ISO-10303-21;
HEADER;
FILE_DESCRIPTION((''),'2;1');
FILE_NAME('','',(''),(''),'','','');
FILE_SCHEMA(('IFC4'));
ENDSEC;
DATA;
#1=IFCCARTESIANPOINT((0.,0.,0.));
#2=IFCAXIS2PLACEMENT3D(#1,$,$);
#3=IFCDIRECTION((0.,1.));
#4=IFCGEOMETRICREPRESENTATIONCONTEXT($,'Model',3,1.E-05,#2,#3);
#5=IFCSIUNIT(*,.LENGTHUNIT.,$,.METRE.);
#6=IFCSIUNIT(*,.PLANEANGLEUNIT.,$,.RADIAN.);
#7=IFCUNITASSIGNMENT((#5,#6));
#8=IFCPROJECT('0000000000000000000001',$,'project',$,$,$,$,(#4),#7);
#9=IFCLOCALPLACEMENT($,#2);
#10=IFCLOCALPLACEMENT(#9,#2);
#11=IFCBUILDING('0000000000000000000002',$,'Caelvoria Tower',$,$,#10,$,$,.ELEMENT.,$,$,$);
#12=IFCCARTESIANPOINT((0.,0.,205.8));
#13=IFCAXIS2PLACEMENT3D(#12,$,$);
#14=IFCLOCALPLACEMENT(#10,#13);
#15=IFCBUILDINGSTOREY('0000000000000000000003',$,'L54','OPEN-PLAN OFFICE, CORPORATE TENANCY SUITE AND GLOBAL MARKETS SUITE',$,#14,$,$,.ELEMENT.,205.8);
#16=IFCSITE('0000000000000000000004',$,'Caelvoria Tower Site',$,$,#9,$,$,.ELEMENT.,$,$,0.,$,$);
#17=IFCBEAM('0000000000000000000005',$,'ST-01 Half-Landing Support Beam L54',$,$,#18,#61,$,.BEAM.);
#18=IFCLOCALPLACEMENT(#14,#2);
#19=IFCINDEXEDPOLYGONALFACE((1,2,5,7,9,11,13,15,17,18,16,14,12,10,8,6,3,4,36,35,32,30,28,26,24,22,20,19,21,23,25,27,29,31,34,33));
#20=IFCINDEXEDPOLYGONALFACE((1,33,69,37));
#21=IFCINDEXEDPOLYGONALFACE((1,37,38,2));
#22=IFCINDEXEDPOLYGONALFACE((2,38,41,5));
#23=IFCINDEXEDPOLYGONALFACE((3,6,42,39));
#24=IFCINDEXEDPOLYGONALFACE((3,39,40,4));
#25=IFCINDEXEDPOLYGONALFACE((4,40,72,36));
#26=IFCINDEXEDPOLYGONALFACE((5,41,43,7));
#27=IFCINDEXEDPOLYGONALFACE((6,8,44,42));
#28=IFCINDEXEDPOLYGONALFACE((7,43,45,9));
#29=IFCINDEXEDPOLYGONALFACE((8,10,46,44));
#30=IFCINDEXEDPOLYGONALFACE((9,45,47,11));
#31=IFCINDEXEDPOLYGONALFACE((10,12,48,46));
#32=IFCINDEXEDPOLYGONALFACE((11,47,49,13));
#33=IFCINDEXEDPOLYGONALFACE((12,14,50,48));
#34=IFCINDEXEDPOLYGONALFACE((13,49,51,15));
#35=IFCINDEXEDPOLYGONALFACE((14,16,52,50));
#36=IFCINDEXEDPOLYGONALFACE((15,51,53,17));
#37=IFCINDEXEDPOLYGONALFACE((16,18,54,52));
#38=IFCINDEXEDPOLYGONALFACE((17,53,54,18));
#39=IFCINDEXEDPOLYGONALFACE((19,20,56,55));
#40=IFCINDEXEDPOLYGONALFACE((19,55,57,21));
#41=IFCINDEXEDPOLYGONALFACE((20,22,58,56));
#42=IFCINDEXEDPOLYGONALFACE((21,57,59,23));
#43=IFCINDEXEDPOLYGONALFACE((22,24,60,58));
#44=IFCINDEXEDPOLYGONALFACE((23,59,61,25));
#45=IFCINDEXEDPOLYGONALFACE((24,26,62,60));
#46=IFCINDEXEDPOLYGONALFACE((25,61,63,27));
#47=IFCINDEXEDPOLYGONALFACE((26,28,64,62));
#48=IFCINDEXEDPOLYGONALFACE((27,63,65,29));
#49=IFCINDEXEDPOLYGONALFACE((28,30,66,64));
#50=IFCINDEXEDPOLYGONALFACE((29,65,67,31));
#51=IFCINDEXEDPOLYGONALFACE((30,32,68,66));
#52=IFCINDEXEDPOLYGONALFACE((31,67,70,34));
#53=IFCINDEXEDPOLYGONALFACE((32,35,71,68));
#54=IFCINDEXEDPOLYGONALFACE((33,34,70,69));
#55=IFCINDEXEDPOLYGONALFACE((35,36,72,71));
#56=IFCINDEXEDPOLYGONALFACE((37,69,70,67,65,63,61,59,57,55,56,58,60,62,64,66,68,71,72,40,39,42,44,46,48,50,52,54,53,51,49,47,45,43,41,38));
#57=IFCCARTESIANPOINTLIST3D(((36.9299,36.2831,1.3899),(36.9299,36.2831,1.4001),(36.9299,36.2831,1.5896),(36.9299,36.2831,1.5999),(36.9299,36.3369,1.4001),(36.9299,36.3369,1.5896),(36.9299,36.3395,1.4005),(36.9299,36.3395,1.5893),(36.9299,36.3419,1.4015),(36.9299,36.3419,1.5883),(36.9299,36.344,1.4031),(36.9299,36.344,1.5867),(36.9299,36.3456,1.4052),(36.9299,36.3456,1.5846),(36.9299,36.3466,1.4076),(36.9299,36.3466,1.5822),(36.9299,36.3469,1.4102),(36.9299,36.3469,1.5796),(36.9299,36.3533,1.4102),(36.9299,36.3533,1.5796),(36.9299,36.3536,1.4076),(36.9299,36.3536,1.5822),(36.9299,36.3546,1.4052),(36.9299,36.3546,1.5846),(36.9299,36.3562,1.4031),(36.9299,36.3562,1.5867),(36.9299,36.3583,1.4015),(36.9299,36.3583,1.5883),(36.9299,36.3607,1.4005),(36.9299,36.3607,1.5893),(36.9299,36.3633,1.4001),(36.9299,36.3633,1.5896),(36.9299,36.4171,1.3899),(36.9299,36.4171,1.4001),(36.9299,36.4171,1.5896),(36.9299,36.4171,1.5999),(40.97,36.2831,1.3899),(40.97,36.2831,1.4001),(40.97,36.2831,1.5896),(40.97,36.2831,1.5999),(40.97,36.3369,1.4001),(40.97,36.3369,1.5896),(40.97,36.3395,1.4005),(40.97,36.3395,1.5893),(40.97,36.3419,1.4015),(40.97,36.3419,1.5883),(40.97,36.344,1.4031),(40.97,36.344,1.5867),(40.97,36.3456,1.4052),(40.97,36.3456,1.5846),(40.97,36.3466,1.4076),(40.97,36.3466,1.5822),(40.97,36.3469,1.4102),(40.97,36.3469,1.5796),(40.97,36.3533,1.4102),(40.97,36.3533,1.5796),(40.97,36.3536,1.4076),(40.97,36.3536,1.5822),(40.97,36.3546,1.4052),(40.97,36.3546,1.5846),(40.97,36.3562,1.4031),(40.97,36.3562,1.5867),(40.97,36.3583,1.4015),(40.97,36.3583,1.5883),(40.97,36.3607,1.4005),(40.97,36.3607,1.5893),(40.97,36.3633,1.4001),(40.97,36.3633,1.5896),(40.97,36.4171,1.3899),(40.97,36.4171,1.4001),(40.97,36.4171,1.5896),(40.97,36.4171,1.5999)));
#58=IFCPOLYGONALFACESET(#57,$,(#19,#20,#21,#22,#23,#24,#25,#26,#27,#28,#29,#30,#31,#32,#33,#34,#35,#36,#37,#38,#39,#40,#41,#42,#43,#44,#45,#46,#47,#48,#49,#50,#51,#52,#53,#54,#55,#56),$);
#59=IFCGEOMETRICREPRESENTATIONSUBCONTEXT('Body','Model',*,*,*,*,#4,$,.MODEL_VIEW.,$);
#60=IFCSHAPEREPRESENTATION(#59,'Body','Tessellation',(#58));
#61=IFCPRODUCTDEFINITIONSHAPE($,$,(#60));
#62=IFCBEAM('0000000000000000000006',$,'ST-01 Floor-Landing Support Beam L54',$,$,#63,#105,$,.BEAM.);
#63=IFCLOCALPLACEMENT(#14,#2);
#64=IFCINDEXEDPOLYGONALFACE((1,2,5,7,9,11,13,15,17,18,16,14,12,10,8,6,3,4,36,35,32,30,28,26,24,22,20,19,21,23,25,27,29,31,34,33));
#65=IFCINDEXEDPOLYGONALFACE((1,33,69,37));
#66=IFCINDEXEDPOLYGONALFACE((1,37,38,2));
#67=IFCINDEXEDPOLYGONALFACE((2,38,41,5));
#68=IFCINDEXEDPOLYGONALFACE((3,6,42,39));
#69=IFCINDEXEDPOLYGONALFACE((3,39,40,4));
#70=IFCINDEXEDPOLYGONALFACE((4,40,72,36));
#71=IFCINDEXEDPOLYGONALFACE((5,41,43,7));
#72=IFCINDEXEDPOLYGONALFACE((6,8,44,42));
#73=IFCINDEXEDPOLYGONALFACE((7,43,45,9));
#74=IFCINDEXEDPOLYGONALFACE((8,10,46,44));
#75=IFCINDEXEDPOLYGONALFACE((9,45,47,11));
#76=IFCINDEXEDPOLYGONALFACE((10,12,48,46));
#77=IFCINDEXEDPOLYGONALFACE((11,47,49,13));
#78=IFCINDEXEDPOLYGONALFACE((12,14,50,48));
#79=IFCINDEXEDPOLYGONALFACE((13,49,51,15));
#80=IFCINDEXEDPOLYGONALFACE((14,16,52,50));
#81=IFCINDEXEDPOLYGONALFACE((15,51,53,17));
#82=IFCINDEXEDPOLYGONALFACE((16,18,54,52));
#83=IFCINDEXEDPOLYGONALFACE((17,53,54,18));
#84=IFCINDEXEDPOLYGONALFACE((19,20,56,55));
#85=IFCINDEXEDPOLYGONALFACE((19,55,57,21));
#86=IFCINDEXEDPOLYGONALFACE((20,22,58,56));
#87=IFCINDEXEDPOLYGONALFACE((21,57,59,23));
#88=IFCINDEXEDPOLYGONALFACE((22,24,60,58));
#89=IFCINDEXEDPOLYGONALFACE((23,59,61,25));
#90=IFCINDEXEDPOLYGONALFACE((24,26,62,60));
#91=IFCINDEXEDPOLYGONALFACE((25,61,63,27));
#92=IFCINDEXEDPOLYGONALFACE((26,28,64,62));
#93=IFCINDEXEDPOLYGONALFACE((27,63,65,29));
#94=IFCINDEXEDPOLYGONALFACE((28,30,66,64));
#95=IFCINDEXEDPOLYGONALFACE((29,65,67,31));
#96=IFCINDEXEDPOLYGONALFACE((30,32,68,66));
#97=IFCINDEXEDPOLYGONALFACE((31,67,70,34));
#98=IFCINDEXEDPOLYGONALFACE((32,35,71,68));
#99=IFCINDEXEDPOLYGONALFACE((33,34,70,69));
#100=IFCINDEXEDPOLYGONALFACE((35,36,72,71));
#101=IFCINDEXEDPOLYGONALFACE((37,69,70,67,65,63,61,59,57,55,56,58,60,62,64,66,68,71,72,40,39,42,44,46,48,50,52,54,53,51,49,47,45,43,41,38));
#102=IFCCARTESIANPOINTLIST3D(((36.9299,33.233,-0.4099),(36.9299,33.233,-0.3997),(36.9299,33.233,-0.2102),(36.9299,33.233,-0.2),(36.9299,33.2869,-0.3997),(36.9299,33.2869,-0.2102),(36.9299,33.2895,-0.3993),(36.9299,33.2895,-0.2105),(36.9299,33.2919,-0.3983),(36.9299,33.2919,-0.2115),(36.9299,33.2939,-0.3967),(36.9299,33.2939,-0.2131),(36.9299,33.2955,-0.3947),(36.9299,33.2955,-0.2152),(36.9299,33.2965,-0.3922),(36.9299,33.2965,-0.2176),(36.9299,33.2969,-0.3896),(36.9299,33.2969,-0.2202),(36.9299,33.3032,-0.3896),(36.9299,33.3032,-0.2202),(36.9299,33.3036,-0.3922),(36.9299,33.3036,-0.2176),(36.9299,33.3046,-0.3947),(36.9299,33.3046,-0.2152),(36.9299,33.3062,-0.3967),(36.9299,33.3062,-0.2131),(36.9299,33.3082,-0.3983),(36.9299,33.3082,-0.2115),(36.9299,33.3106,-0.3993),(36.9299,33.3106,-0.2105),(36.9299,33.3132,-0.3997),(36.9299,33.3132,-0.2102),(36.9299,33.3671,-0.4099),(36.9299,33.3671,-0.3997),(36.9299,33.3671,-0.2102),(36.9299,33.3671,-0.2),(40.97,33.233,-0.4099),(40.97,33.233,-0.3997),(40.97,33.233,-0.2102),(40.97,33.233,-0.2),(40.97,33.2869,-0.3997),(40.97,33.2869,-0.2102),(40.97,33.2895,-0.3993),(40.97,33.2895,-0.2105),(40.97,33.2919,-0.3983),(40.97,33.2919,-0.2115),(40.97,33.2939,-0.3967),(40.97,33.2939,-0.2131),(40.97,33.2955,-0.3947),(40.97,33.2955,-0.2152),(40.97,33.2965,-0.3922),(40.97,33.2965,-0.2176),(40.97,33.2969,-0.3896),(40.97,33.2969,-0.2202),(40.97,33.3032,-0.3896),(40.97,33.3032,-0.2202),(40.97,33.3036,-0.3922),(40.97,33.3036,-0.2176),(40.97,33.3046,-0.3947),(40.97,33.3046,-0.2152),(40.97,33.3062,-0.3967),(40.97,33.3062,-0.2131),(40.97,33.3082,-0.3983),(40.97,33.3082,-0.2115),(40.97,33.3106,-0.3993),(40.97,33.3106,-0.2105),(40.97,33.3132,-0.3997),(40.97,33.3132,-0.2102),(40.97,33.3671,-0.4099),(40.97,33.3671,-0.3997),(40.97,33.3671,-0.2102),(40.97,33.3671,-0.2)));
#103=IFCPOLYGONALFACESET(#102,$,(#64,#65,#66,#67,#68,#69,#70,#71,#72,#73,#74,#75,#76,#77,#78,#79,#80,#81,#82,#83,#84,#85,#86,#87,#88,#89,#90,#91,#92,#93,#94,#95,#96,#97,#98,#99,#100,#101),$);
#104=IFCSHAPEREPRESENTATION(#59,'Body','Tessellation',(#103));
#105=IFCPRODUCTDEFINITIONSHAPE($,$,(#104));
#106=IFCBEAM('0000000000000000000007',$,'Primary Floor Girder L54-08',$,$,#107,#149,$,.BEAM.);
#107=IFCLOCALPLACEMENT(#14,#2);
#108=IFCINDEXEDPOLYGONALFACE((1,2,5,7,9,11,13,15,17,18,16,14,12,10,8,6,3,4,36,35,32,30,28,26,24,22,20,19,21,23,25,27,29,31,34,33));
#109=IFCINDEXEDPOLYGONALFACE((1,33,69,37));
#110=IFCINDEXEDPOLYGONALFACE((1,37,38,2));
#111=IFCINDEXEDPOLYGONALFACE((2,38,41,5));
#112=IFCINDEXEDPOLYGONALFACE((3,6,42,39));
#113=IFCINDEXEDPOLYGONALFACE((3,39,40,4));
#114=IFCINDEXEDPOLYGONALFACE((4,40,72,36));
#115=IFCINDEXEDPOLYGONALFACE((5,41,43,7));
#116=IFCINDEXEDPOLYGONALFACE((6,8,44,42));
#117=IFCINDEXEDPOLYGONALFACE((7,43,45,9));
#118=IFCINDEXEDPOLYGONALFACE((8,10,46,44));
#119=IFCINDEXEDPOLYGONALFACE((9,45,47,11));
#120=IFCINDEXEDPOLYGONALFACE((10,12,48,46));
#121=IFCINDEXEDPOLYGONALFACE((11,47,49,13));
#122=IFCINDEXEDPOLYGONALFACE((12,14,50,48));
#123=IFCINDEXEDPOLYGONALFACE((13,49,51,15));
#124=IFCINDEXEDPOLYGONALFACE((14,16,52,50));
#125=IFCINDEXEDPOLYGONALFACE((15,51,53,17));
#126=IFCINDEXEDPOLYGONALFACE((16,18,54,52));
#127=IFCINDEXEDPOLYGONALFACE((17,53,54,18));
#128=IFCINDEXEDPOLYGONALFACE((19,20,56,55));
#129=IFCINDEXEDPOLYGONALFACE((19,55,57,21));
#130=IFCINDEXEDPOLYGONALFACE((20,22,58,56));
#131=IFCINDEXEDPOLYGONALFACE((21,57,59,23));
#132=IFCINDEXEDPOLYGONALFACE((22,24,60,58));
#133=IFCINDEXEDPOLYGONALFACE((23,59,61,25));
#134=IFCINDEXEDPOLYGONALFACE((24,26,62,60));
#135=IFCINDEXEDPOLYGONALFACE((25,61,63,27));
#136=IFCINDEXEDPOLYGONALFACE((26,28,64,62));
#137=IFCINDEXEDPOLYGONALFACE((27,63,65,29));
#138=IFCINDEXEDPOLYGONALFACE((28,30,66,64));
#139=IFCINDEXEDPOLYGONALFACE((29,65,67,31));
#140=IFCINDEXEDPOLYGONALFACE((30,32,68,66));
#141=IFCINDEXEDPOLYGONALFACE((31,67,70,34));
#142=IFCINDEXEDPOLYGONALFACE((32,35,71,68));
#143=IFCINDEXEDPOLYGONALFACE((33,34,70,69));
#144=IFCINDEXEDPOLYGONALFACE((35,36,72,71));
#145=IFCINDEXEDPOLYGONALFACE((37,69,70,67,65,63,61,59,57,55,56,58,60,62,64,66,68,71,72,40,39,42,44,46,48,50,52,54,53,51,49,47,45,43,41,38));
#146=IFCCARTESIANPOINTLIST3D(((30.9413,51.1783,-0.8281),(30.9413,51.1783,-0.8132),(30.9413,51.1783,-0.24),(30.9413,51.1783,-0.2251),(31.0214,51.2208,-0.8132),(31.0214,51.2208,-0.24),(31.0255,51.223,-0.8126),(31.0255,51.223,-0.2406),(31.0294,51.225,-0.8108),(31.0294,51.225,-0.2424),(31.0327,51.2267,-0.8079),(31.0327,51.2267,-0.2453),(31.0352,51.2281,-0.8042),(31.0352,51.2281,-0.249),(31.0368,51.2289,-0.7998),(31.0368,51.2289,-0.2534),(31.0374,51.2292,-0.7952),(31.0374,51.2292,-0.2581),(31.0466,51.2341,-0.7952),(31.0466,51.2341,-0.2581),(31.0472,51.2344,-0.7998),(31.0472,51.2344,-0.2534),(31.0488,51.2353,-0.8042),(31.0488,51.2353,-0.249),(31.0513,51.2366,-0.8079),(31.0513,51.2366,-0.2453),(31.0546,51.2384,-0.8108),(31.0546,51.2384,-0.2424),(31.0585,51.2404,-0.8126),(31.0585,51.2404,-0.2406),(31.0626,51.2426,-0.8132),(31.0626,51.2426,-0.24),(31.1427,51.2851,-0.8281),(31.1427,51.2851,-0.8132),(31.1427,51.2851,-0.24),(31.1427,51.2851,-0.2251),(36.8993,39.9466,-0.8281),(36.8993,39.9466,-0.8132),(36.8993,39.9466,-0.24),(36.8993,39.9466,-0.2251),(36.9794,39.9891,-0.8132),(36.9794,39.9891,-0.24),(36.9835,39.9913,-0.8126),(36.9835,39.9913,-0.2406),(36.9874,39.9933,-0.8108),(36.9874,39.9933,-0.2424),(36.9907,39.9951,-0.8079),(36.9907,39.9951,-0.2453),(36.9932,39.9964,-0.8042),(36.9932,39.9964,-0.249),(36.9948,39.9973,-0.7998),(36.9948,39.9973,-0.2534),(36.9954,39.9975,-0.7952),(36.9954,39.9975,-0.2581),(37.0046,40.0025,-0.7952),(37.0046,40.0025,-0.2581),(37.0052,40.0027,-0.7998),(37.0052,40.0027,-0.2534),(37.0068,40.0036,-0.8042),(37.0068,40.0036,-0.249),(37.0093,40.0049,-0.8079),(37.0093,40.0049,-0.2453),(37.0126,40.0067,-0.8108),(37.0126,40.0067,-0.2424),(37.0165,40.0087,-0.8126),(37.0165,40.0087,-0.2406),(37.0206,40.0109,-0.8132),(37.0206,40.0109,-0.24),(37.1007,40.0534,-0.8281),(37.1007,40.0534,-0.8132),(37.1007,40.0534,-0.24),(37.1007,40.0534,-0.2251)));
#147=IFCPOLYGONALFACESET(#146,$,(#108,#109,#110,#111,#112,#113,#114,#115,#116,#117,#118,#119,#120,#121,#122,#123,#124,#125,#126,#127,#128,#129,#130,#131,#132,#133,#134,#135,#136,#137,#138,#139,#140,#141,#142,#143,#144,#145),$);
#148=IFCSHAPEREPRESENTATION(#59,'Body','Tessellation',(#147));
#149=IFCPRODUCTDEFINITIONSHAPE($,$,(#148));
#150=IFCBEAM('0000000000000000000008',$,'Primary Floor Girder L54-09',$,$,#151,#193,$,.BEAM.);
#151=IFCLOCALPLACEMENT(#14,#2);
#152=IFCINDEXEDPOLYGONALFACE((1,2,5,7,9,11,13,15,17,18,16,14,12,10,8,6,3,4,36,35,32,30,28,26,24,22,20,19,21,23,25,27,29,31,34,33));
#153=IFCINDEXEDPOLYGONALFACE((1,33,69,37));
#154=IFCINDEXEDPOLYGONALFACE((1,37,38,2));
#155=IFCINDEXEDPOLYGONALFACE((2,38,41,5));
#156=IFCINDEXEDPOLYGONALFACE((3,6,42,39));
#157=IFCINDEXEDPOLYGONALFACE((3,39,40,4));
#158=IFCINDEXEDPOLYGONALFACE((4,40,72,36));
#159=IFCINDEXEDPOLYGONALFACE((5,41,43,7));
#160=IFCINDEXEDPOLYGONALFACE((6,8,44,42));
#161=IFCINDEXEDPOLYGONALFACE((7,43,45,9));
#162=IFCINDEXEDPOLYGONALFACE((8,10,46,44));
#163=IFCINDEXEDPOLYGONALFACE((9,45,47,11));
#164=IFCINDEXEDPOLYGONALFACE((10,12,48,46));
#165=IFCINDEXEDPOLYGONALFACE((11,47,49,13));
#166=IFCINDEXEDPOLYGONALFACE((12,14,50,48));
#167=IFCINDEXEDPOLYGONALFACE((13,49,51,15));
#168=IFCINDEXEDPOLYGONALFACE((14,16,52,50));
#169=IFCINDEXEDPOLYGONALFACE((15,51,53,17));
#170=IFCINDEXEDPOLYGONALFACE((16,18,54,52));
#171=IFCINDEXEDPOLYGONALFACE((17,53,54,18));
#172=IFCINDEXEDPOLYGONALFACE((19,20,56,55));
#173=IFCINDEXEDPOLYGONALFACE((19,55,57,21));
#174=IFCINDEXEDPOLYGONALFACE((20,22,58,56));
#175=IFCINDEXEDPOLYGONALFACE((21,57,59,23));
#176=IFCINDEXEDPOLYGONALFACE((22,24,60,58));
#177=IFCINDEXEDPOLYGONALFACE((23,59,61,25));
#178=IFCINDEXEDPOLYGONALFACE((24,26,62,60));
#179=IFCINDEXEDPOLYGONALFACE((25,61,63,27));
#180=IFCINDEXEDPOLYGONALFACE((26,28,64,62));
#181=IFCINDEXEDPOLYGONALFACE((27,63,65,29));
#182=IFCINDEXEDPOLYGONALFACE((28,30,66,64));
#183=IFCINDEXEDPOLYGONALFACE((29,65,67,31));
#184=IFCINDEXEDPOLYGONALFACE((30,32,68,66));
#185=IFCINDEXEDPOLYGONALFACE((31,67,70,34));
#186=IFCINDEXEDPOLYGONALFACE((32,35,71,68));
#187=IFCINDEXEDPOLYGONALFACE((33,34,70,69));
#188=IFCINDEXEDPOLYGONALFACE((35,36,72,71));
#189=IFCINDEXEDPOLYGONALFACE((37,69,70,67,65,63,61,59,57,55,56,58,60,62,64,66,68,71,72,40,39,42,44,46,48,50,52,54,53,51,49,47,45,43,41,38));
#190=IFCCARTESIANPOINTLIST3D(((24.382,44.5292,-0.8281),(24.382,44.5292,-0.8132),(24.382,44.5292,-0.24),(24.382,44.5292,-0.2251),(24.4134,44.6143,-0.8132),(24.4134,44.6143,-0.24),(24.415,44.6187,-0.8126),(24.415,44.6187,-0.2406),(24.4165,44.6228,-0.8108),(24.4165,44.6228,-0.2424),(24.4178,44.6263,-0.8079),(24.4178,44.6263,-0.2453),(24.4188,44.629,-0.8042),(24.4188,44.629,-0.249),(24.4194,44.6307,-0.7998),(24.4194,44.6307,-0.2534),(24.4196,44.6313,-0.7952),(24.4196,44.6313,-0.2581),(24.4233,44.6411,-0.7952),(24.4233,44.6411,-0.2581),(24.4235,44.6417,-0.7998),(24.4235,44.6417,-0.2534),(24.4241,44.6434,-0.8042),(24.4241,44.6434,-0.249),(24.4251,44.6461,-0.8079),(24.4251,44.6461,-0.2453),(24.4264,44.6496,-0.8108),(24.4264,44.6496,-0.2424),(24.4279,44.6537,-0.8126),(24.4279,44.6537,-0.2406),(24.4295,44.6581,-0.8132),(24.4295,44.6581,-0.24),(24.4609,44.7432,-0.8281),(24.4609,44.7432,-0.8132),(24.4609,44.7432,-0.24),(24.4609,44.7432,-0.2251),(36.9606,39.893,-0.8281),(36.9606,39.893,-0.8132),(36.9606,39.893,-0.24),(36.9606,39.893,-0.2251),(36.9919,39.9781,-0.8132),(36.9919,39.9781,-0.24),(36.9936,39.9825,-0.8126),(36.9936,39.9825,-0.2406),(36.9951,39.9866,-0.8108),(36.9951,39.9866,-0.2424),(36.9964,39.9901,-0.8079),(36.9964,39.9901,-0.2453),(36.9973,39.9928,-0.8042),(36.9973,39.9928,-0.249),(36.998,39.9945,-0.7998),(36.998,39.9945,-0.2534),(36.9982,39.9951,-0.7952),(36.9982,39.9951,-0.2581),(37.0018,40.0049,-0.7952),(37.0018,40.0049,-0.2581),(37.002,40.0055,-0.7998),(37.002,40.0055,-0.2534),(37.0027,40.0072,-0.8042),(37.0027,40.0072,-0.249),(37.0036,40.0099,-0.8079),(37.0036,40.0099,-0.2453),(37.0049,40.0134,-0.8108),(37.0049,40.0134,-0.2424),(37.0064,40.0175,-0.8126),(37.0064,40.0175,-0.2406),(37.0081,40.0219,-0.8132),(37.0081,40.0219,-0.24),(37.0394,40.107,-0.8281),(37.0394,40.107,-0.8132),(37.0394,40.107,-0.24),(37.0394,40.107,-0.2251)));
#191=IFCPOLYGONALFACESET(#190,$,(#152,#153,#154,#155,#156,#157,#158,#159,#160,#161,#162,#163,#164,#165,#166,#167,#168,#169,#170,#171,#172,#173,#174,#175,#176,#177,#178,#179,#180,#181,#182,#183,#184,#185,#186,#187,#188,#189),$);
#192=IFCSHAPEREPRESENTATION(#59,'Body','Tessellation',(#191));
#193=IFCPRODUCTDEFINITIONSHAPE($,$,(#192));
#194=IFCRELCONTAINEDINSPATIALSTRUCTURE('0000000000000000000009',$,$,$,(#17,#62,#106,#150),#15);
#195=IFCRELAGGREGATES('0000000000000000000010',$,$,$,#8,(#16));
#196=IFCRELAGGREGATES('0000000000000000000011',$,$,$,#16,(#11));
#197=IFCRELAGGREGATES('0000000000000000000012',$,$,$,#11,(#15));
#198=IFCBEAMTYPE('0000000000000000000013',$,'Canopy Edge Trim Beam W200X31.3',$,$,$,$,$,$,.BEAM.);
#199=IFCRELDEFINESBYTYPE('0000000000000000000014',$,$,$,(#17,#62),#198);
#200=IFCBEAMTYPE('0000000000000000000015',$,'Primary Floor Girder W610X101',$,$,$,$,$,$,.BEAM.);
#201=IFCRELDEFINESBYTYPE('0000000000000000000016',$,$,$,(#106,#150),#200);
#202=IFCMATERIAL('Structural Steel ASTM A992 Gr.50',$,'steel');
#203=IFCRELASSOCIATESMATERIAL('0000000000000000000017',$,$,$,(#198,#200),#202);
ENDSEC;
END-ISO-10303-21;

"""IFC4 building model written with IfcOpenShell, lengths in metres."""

from ifc_helpers import new_model, si_unit, direction, frame, origin, origin_2d, place, context, subcontext, project, spatial, i_section, extrude, material, material_profile, profile_set, type_object, element, save


model = new_model("IFC4")

# Units and contexts
model_context = context("Model", 3, precision=1e-05, world=origin(), true_north=direction((0.0, 1.0)))
body_context = subcontext(model_context, "Body", "Model", "MODEL_VIEW")
ifc_project = project(units=[si_unit("LENGTHUNIT", "METRE"), si_unit("PLANEANGLEUNIT", "RADIAN")], contexts=[model_context])

# Site, building, storey
site_placement = place(None, origin())
site = spatial("IfcSite", under=ifc_project, at=site_placement, Name="Caelvoria Tower Site", CompositionType="ELEMENT", RefElevation=0.0)
building_placement = place(site_placement, origin())
building = spatial("IfcBuilding", under=site, at=building_placement, Name="Caelvoria Tower", CompositionType="ELEMENT")
storey_placement = place(building_placement, frame((0.0, 0.0, 205.8)))
storey = spatial("IfcBuildingStorey", under=building, at=storey_placement, Name="L54", Description="OPEN-PLAN OFFICE, CORPORATE TENANCY SUITE AND GLOBAL MARKETS SUITE", CompositionType="ELEMENT", Elevation=205.8)

# Beams
ifc_material_1 = material(Name="Structural Steel ASTM A992 Gr.50", Category="steel")
ifc_material_profile_1 = material_profile(ifc_material_1, i_section(OverallWidth=0.134, OverallDepth=0.21, WebThickness=0.0063, FlangeThickness=0.0103, FilletRadius=0.01, at=origin_2d()), Name="Structural Steel ASTM A992 Gr.50")
ifc_profile_set_1 = profile_set([ifc_material_profile_1], Name="W200X31.3 - Structural Steel ASTM A992 Gr.50")
beam_type_1 = type_object("IfcBeamType", Name="Canopy Edge Trim Beam W200X31.3", PredefinedType="BEAM", material=ifc_profile_set_1)
for number, where, z_axis, x_axis, name in (
    (1, (36.9299, 36.3501, 1.4949), (1.0, 0.0, 0.0), (0.0, 1.0, 0.0), "ST-01 Half-Landing Support Beam L54"),
    (2, (36.9299, 33.3, -0.3049), (1.0, 0.0, 0.0), (0.0, 1.0, 0.0), "ST-01 Floor-Landing Support Beam L54"),
):
    element("IfcBeam", number, at=place(storey_placement, frame(where, z_axis=z_axis, x_axis=x_axis)), inside=storey, type_object=beam_type_1, Name=name, PredefinedType="BEAM", context=body_context, shape_type="SweptSolid", body=[
        extrude(i_section(OverallWidth=0.134, OverallDepth=0.21, WebThickness=0.0063, FlangeThickness=0.0103, FilletRadius=0.01, at=origin_2d()), origin(), (0.0, 0.0, 1.0), 4.04),
    ])
ifc_material_profile_2 = material_profile(ifc_material_1, i_section(OverallWidth=0.228, OverallDepth=0.603, WebThickness=0.0105, FlangeThickness=0.0149, FilletRadius=0.0181, at=origin_2d()), Name="Structural Steel ASTM A992 Gr.50")
ifc_profile_set_2 = profile_set([ifc_material_profile_2], Name="W610X101 - Structural Steel ASTM A992 Gr.50")
beam_type_2 = type_object("IfcBeamType", Name="Primary Floor Girder W610X101", PredefinedType="BEAM", material=ifc_profile_set_2)
beam_1_placement = place(storey_placement, frame((37.0, 40.0, -0.5266), z_axis=(-0.468614, 0.883403, 0.0), x_axis=(-0.883403, -0.468614, 0.0)))
element("IfcBeam", 3, at=beam_1_placement, inside=storey, type_object=beam_type_2, Name="Primary Floor Girder L54-08", PredefinedType="BEAM", context=body_context, shape_type="SweptSolid", body=[
    extrude(i_section(OverallWidth=0.228, OverallDepth=0.603, WebThickness=0.0105, FlangeThickness=0.0149, FilletRadius=0.0181, at=origin_2d()), origin(), (0.0, 0.0, 1.0), 12.7141),
])
beam_2_placement = place(storey_placement, frame((37.0, 40.0, -0.5266), z_axis=(-0.938295, 0.345837, 0.0), x_axis=(-0.345837, -0.938295, 0.0)))
element("IfcBeam", 4, at=beam_2_placement, inside=storey, type_object=beam_type_2, Name="Primary Floor Girder L54-09", PredefinedType="BEAM", context=body_context, shape_type="SweptSolid", body=[
    extrude(i_section(OverallWidth=0.228, OverallDepth=0.603, WebThickness=0.0105, FlangeThickness=0.0149, FilletRadius=0.0181, at=origin_2d()), origin(), (0.0, 0.0, 1.0), 13.4058),
])

save(model, "model.ifc")
